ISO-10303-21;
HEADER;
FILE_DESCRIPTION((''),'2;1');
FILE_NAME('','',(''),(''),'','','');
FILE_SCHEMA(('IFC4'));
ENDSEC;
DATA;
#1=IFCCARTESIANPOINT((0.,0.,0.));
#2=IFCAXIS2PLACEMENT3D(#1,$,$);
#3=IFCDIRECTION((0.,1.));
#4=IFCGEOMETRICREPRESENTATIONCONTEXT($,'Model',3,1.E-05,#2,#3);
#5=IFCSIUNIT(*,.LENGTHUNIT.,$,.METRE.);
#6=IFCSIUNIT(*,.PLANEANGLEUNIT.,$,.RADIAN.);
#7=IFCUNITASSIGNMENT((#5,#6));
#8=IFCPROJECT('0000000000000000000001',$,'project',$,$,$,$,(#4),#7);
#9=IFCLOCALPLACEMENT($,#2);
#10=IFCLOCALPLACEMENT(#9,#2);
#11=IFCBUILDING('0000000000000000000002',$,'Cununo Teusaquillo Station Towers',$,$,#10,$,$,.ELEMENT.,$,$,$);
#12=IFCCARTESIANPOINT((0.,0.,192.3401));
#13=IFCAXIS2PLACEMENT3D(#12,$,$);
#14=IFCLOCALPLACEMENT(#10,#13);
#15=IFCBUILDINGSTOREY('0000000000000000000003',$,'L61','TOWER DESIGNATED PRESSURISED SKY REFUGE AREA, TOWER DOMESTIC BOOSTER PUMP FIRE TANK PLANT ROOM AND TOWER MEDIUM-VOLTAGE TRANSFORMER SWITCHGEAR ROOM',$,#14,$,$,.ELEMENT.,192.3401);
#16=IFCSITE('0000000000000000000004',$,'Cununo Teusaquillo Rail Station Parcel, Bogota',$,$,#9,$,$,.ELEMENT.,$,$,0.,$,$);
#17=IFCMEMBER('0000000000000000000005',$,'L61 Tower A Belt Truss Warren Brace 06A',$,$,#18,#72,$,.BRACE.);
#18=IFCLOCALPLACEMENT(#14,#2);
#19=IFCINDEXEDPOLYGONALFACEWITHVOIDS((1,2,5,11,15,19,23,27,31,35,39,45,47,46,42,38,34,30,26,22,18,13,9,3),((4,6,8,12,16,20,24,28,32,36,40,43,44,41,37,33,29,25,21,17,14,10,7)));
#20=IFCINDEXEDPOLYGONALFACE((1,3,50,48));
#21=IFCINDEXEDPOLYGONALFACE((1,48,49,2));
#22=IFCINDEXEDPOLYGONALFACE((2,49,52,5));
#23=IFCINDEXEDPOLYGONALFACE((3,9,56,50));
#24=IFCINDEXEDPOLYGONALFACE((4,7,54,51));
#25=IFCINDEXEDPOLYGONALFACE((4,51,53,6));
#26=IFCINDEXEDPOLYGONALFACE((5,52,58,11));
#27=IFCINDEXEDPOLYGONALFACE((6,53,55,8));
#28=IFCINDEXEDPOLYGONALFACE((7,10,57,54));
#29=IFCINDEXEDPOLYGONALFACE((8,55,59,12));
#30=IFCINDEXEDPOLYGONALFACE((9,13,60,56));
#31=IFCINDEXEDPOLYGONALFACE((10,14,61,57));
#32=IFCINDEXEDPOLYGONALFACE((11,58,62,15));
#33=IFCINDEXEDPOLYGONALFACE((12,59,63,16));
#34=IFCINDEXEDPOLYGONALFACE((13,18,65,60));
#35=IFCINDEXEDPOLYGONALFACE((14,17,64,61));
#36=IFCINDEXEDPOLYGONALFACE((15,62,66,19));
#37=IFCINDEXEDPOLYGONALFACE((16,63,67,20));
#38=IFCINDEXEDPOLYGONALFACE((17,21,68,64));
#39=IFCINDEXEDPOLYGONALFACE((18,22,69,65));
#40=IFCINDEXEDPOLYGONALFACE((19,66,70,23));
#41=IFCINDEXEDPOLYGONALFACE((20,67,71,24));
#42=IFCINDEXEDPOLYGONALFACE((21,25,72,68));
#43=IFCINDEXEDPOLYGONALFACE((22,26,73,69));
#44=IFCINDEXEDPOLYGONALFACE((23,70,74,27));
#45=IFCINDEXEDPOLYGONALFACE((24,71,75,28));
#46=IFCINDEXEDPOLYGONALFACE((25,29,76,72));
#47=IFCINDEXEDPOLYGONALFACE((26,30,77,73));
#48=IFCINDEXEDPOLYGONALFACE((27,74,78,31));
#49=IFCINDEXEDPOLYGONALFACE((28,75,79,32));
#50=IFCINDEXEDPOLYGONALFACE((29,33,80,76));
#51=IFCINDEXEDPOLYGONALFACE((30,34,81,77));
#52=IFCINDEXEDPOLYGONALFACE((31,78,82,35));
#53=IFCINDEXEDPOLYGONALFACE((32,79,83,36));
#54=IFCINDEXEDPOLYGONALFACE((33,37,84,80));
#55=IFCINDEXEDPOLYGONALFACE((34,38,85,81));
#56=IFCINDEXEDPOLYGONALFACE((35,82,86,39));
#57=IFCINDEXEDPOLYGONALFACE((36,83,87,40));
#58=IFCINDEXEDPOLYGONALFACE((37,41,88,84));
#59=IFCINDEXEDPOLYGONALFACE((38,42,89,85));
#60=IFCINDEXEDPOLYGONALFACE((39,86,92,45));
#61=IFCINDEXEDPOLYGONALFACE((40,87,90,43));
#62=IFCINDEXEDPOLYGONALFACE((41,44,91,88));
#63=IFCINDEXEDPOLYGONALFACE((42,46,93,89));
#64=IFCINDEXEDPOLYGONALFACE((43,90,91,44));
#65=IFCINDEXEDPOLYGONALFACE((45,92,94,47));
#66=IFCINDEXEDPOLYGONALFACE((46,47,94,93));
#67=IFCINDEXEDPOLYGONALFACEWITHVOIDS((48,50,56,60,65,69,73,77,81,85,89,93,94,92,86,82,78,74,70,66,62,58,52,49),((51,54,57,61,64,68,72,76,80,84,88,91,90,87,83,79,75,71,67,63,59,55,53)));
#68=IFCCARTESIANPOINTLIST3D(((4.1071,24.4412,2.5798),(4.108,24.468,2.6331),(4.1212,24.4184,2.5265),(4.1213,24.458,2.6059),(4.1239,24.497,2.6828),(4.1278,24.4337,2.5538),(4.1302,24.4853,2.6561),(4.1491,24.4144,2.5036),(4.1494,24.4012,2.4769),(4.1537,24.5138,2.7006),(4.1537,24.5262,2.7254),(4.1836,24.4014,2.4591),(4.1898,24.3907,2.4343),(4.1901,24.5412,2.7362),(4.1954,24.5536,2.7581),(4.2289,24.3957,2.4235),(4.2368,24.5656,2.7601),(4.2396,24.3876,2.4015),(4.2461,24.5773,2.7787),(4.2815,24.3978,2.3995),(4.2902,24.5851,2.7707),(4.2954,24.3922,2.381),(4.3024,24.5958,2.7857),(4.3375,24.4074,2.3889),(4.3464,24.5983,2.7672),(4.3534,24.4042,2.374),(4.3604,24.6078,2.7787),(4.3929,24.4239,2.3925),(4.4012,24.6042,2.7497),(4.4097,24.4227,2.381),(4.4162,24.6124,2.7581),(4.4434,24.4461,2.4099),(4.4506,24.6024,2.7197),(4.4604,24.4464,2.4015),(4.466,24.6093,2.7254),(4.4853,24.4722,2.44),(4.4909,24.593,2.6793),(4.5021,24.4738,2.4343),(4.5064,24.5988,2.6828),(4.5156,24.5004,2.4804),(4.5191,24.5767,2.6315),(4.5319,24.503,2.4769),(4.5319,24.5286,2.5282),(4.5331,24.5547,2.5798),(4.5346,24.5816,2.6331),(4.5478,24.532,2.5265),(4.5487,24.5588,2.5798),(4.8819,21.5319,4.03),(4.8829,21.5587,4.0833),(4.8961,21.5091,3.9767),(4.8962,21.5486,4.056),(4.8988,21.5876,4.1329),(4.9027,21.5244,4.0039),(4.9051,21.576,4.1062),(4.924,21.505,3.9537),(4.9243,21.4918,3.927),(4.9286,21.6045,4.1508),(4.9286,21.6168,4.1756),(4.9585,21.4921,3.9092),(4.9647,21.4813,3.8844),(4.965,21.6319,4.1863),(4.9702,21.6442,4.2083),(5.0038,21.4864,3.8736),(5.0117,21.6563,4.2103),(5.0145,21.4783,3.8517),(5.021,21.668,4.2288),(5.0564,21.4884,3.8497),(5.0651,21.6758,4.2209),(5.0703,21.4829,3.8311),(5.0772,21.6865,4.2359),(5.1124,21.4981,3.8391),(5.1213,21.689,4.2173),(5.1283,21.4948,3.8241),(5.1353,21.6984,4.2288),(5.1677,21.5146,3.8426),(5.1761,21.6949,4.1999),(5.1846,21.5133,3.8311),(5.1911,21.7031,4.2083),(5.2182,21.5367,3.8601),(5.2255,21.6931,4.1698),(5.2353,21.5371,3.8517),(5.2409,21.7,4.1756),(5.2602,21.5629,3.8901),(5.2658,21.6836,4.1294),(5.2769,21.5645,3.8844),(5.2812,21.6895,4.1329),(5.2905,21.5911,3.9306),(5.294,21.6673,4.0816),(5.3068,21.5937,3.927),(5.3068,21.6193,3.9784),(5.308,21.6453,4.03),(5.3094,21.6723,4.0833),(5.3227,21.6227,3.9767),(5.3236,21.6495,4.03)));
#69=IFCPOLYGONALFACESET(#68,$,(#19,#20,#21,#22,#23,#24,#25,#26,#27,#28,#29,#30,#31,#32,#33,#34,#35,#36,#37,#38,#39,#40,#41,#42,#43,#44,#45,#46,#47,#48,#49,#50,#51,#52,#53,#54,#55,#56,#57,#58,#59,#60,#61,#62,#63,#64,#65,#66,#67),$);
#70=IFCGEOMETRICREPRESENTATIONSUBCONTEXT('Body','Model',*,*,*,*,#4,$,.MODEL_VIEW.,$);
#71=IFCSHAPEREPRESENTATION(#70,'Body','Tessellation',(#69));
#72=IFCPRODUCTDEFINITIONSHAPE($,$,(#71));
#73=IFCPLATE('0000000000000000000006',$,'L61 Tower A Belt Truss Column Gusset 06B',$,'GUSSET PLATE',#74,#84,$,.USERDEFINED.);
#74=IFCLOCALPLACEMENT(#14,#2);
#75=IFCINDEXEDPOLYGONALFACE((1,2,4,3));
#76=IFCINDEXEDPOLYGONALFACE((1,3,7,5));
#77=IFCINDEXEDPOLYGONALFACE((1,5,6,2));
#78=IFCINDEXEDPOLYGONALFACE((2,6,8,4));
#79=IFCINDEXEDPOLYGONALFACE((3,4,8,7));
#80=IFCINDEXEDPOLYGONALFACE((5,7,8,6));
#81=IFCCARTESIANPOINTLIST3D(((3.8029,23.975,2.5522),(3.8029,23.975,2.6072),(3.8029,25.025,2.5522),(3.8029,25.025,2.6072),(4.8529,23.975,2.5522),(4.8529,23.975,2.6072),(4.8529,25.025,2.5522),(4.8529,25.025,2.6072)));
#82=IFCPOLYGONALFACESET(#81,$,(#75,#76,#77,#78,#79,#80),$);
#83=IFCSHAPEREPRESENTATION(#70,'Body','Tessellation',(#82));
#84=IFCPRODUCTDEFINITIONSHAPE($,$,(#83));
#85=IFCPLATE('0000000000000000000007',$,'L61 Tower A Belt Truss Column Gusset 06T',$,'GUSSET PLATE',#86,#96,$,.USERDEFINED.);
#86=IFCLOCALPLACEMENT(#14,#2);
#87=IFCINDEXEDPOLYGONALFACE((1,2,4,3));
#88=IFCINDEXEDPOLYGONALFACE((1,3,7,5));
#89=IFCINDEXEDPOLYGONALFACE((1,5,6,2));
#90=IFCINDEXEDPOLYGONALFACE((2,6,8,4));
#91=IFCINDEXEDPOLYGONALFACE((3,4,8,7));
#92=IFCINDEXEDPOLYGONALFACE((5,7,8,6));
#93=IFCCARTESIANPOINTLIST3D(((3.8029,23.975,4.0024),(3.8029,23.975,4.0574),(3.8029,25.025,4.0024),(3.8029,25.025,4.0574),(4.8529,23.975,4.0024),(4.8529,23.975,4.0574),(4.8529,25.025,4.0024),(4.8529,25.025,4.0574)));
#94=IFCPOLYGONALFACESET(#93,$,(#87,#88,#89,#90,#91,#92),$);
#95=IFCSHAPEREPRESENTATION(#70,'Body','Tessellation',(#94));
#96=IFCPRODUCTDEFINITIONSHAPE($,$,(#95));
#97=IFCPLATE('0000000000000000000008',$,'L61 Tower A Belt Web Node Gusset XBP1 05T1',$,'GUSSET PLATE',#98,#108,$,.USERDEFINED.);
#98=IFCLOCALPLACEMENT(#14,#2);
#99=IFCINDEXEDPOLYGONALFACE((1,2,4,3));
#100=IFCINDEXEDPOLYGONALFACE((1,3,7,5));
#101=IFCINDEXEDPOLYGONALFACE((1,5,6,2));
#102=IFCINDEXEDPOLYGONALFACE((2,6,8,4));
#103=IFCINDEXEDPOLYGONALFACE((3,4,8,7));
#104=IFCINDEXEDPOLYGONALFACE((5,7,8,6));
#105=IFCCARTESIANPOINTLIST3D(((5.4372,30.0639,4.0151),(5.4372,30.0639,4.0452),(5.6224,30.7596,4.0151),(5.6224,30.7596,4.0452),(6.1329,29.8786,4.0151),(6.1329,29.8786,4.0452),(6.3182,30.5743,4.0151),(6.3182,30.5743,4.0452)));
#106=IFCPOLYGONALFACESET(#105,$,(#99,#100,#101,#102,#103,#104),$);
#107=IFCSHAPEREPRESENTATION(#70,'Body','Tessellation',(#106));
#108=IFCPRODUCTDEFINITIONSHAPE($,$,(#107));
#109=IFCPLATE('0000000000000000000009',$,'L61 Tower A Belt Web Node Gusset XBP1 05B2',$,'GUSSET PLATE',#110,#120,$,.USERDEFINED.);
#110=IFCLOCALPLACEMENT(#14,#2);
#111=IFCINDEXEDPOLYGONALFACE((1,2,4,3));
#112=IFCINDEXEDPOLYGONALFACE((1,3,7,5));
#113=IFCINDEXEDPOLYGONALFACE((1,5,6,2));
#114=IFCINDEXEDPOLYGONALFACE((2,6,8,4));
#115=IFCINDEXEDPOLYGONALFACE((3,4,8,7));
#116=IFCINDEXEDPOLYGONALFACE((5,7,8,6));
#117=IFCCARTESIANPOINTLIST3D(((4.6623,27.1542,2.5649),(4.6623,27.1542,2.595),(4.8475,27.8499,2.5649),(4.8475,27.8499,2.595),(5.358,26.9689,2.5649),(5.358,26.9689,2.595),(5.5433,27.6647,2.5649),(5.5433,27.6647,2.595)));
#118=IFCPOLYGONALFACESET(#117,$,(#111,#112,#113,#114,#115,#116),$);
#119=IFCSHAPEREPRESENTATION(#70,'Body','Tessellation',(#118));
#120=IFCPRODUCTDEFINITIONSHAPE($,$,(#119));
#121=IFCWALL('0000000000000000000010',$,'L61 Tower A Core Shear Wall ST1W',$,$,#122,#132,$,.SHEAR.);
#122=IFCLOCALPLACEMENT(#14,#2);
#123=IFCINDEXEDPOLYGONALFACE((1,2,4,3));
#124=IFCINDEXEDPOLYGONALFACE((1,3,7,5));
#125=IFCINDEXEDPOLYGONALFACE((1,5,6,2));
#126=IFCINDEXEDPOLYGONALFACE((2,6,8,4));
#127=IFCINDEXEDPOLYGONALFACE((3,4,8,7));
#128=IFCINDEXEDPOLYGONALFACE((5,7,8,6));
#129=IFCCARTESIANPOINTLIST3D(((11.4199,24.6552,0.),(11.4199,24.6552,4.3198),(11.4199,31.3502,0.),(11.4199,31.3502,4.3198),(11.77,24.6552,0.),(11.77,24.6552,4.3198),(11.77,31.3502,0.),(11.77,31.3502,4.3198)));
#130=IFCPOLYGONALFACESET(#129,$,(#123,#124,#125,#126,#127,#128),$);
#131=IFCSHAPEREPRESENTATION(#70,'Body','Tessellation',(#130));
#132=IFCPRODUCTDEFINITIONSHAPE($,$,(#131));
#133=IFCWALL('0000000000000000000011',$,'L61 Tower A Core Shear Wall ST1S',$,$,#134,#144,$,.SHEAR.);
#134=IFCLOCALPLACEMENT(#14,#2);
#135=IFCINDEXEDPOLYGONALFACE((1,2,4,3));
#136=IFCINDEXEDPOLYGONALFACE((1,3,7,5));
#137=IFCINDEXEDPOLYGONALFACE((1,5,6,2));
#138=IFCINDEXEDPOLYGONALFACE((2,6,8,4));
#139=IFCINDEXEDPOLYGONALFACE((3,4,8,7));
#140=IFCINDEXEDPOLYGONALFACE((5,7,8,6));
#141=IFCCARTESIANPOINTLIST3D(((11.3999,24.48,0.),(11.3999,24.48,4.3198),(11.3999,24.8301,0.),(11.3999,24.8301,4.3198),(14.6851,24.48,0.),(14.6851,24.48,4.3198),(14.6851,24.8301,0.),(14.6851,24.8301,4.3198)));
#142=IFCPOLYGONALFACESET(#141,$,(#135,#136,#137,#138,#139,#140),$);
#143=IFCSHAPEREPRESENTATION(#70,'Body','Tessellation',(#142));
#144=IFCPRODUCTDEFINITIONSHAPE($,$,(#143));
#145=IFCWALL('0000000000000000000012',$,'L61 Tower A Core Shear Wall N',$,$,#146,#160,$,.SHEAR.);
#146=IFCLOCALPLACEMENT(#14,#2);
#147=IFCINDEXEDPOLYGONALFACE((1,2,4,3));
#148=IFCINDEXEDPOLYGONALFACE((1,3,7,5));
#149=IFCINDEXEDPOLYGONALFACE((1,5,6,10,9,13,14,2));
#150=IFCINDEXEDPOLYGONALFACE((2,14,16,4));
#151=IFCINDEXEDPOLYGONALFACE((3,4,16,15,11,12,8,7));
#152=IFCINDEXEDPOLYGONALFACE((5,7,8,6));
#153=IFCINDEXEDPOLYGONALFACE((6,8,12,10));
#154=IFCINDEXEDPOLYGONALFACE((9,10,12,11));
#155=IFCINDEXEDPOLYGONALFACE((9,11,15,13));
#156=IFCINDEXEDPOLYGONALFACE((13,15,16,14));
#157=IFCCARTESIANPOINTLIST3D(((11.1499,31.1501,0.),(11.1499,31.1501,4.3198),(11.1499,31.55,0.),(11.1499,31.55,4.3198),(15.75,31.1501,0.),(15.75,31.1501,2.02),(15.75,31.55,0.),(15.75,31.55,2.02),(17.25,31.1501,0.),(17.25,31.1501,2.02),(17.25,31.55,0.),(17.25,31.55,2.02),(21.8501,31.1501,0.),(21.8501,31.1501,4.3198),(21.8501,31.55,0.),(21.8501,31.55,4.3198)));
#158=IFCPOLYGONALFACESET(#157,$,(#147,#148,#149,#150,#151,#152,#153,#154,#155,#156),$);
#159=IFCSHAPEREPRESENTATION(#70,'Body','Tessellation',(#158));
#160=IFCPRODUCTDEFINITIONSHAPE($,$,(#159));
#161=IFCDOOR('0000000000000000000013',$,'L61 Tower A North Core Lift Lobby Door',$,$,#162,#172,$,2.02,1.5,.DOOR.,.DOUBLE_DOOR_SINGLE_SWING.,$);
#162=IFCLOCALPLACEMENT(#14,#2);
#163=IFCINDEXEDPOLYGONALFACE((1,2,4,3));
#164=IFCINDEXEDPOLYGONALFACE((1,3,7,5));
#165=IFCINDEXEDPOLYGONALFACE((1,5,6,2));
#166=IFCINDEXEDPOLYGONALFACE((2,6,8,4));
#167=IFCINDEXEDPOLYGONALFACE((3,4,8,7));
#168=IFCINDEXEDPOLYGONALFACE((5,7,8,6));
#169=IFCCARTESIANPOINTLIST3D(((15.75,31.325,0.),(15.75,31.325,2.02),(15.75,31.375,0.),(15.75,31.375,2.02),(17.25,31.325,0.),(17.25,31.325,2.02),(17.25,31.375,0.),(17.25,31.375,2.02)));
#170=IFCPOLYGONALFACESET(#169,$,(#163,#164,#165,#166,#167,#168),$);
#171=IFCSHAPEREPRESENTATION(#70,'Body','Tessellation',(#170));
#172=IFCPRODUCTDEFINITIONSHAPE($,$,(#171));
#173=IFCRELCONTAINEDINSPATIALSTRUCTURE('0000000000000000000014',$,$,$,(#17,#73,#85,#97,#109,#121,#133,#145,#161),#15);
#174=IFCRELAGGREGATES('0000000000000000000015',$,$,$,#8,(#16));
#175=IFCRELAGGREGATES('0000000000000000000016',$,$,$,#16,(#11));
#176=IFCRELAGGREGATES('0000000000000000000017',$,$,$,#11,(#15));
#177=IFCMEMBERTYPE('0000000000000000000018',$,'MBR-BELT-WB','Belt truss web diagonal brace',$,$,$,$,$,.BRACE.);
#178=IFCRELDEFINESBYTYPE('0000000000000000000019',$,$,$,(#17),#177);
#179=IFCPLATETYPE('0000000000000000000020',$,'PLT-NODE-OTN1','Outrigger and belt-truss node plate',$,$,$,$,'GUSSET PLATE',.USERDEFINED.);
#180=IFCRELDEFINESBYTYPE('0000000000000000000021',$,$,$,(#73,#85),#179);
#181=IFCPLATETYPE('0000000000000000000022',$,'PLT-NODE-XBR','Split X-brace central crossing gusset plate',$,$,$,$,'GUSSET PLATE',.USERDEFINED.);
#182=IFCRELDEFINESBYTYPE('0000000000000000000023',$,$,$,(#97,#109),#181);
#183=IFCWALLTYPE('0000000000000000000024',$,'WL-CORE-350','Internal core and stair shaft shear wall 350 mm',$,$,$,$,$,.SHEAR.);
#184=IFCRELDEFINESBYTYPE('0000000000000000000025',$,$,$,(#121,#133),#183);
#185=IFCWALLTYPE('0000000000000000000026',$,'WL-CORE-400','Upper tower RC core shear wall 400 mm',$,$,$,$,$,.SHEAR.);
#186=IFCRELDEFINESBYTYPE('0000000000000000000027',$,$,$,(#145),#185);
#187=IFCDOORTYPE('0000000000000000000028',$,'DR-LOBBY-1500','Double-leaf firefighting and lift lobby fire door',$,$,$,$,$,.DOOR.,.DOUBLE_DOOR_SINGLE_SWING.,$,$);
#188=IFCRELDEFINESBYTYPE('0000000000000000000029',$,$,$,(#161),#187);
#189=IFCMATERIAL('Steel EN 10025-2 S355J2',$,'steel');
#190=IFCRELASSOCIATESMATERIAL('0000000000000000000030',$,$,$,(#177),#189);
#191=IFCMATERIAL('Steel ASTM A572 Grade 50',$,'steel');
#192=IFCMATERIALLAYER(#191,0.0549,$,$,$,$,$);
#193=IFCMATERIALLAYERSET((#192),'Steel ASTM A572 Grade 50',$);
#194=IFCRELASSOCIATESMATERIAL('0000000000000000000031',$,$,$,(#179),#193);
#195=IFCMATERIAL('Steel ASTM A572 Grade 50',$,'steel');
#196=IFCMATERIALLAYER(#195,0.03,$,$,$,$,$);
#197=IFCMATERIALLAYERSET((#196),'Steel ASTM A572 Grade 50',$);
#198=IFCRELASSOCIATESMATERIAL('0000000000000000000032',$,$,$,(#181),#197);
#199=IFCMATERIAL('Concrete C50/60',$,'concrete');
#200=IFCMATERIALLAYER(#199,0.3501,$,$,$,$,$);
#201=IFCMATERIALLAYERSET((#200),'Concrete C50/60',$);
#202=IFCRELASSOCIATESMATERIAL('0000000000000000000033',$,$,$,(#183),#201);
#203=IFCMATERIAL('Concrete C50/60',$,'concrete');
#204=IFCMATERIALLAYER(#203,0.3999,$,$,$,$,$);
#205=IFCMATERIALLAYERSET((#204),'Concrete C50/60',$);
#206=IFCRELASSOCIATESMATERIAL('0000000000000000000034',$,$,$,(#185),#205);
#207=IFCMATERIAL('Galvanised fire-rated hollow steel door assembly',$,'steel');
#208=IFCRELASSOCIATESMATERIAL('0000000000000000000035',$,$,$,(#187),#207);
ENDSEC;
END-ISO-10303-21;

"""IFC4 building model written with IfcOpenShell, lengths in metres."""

from ifc_helpers import new_model, si_unit, direction, frame, frame_2d, origin, origin_2d, place, context, subcontext, project, spatial, rectangle, hollow_circle, extrude, source, transform, mapped, material, layer, layer_set, material_profile, profile_set, type_object, element, fill, save


model = new_model("IFC4")

# Units and contexts
model_context = context("Model", 3, precision=1e-05, world=origin(), true_north=direction((0.0, 1.0)))
body_context = subcontext(model_context, "Body", "Model", "MODEL_VIEW")
ifc_project = project(units=[si_unit("LENGTHUNIT", "METRE"), si_unit("PLANEANGLEUNIT", "RADIAN")], contexts=[model_context])

# Site, building, storey
site_placement = place(None, origin())
site = spatial("IfcSite", under=ifc_project, at=site_placement, Name="Cununo Teusaquillo Rail Station Parcel, Bogota", CompositionType="ELEMENT", RefElevation=0.0)
building_placement = place(site_placement, origin())
building = spatial("IfcBuilding", under=site, at=building_placement, Name="Cununo Teusaquillo Station Towers", CompositionType="ELEMENT")
storey_placement = place(building_placement, frame((0.0, 0.0, 192.3401)))
storey = spatial("IfcBuildingStorey", under=building, at=storey_placement, Name="L61", Description="TOWER DESIGNATED PRESSURISED SKY REFUGE AREA, TOWER DOMESTIC BOOSTER PUMP FIRE TANK PLANT ROOM AND TOWER MEDIUM-VOLTAGE TRANSFORMER SWITCHGEAR ROOM", CompositionType="ELEMENT", Elevation=192.3401)

# Member
ifc_material_1 = material(Name="Steel EN 10025-2 S355J2", Category="steel")
ifc_material_profile_1 = material_profile(ifc_material_1, hollow_circle(Radius=0.2285, WallThickness=0.0161, at=origin_2d()), Name="CHS 457x16")
ifc_profile_set_1 = profile_set([ifc_material_profile_1], Name="Steel EN 10025-2 S355J2")
member_type_1 = type_object("IfcMemberType", Name="MBR-BELT-WB", Description="Belt truss web diagonal brace", PredefinedType="BRACE", material=ifc_profile_set_1)
for number, where, z_axis, x_axis, name in (
    (1, (4.3279, 24.5, 2.5798), (0.231875, -0.87059, 0.433944), (0.966313, 0.25737, 0.0), "L61 Tower A Belt Truss Warren Brace 06A"),
):
    element("IfcMember", number, at=place(storey_placement, frame(where, z_axis=z_axis, x_axis=x_axis)), inside=storey, type_object=member_type_1, Name=name, PredefinedType="BRACE", context=body_context, shape_type="SweptSolid", body=[
        extrude(hollow_circle(Radius=0.2285, WallThickness=0.0161, at=origin_2d()), origin(), (0.0, 0.0, 1.0), 3.3418),
    ])

# Plates
ifc_material_2 = material(Name="Steel ASTM A572 Grade 50", Category="steel")
ifc_layer_1 = layer(ifc_material_2, 0.0549)
ifc_layer_set_1 = layer_set([ifc_layer_1], Name="Steel ASTM A572 Grade 50")
plate_type_1 = type_object("IfcPlateType", Name="PLT-NODE-OTN1", Description="Outrigger and belt-truss node plate", ElementType="GUSSET PLATE", PredefinedType="USERDEFINED", material=ifc_layer_set_1)
shared_shape_1 = source(origin(), body_context, "Body", "SweptSolid", [
    extrude(rectangle(XDim=1.05, YDim=1.05, at=origin_2d()), origin(), (0.0, 0.0, 1.0), 0.0549),
])
for number, where, z_axis, x_axis, name in (
    (2, (4.3279, 24.5, 2.5522), (0.0, 0.0, 1.0), (1.0, 0.0, 0.0), "L61 Tower A Belt Truss Column Gusset 06B"),
    (3, (4.3279, 24.5, 4.0024), (0.0, 0.0, 1.0), (1.0, 0.0, 0.0), "L61 Tower A Belt Truss Column Gusset 06T"),
):
    element("IfcPlate", number, at=place(storey_placement, frame(where, z_axis=z_axis, x_axis=x_axis)), inside=storey, type_object=plate_type_1, Name=name, ObjectType="GUSSET PLATE", PredefinedType="USERDEFINED", context=body_context, shape_type="MappedRepresentation", body=[
        mapped(shared_shape_1, transform((0.0, 0.0, 0.0), x_axis=(1.0, 0.0, 0.0), y_axis=(0.0, 1.0, 0.0), z_axis=(0.0, 0.0, 1.0), scale=1.0)),
    ])
ifc_material_3 = material(Name="Steel ASTM A572 Grade 50", Category="steel")
ifc_layer_2 = layer(ifc_material_3, 0.03)
ifc_layer_set_2 = layer_set([ifc_layer_2], Name="Steel ASTM A572 Grade 50")
plate_type_2 = type_object("IfcPlateType", Name="PLT-NODE-XBR", Description="Split X-brace central crossing gusset plate", ElementType="GUSSET PLATE", PredefinedType="USERDEFINED", material=ifc_layer_set_2)
shared_shape_2 = source(origin(), body_context, "Body", "SweptSolid", [
    extrude(rectangle(XDim=0.72, YDim=0.72, at=origin_2d()), origin(), (0.0, 0.0, 1.0), 0.03),
])
for number, where, z_axis, x_axis, name in (
    (4, (5.8777, 30.3191, 4.0151), (0.0, 0.0, 1.0), (-0.257301, -0.966331, 0.0), "L61 Tower A Belt Web Node Gusset XBP1 05T1"),
    (5, (5.1028, 27.4094, 2.5649), (0.0, 0.0, 1.0), (-0.257301, -0.966331, 0.0), "L61 Tower A Belt Web Node Gusset XBP1 05B2"),
):
    element("IfcPlate", number, at=place(storey_placement, frame(where, z_axis=z_axis, x_axis=x_axis)), inside=storey, type_object=plate_type_2, Name=name, ObjectType="GUSSET PLATE", PredefinedType="USERDEFINED", context=body_context, shape_type="MappedRepresentation", body=[
        mapped(shared_shape_2, transform((0.0, 0.0, 0.0), x_axis=(1.0, 0.0, 0.0), y_axis=(0.0, 1.0, 0.0), z_axis=(0.0, 0.0, 1.0), scale=1.0)),
    ])

# Walls
ifc_material_4 = material(Name="Concrete C50/60", Category="concrete")
ifc_layer_3 = layer(ifc_material_4, 0.3501)
ifc_layer_set_3 = layer_set([ifc_layer_3], Name="Concrete C50/60")
wall_type_1 = type_object("IfcWallType", Name="WL-CORE-350", Description="Internal core and stair shaft shear wall 350 mm", PredefinedType="SHEAR", material=ifc_layer_set_3)
wall_1_placement = place(storey_placement, frame((11.595, 24.655, 0.0), z_axis=(0.0, 0.0, 1.0), x_axis=(0.0, 1.0, 0.0)))
element("IfcWall", 6, at=wall_1_placement, inside=storey, type_object=wall_type_1, Name="L61 Tower A Core Shear Wall ST1W", PredefinedType="SHEAR", context=body_context, shape_type="SweptSolid", body=[
    extrude(rectangle(XDim=6.6951, YDim=0.3501, at=frame_2d((3.3477, 0.0))), origin(), (0.0, 0.0, 1.0), 4.3198),
])
wall_2_placement = place(storey_placement, frame((11.3999, 24.655, 0.0), z_axis=(0.0, 0.0, 1.0), x_axis=(1.0, 0.0, 0.0)))
element("IfcWall", 7, at=wall_2_placement, inside=storey, type_object=wall_type_1, Name="L61 Tower A Core Shear Wall ST1S", PredefinedType="SHEAR", context=body_context, shape_type="SweptSolid", body=[
    extrude(rectangle(XDim=3.2852, YDim=0.3501, at=frame_2d((1.6426, 0.0))), origin(), (0.0, 0.0, 1.0), 4.3198),
])

# Wall, opening, door
ifc_material_5 = material(Name="Concrete C50/60", Category="concrete")
ifc_layer_4 = layer(ifc_material_5, 0.3999)
ifc_layer_set_4 = layer_set([ifc_layer_4], Name="Concrete C50/60")
wall_type_2 = type_object("IfcWallType", Name="WL-CORE-400", Description="Upper tower RC core shear wall 400 mm", PredefinedType="SHEAR", material=ifc_layer_set_4)
wall_3_placement = place(storey_placement, frame((11.1499, 31.3501, 0.0), z_axis=(0.0, 0.0, 1.0), x_axis=(1.0, 0.0, 0.0)))
wall_3 = element("IfcWall", 8, at=wall_3_placement, inside=storey, type_object=wall_type_2, Name="L61 Tower A Core Shear Wall N", PredefinedType="SHEAR", context=body_context, shape_type="SweptSolid", body=[
    extrude(rectangle(XDim=10.7002, YDim=0.3999, at=frame_2d((5.3501, 0.0))), origin(), (0.0, 0.0, 1.0), 4.3198),
])
shared_shape_3 = source(origin(), body_context, "Body", "SweptSolid", [
    extrude(rectangle(XDim=1.5, YDim=2.02, at=frame_2d((0.75, 1.01))), frame((0.0, 0.21, 0.0), z_axis=(0.0, -1.0, 0.0), x_axis=(1.0, 0.0, 0.0)), (0.0, 0.0, 1.0), 0.4199),
])
opening_placement = place(wall_3_placement, frame((4.6001, 0.0, 0.0)))
opening = element("IfcOpeningElement", 9, at=opening_placement, cuts=wall_3, PredefinedType="OPENING", context=body_context, shape_type="MappedRepresentation", body=[
    mapped(shared_shape_3, transform((0.0, 0.0, 0.0), x_axis=(1.0, 0.0, 0.0), y_axis=(0.0, 1.0, 0.0), z_axis=(0.0, 0.0, 1.0), scale=1.0)),
])
ifc_material_6 = material(Name="Galvanised fire-rated hollow steel door assembly", Category="steel")
door_type = type_object("IfcDoorType", Name="DR-LOBBY-1500", Description="Double-leaf firefighting and lift lobby fire door", OperationType="DOUBLE_DOOR_SINGLE_SWING", PredefinedType="DOOR", material=ifc_material_6)
shared_shape_4 = source(origin(), body_context, "Body", "SweptSolid", [
    extrude(rectangle(XDim=1.5, YDim=2.02, at=frame_2d((0.75, 1.01))), frame((0.0, 0.0249, 0.0), z_axis=(0.0, -1.0, 0.0), x_axis=(1.0, 0.0, 0.0)), (0.0, 0.0, 1.0), 0.05),
])
door_placement = place(opening_placement, origin())
door = element("IfcDoor", 10, at=door_placement, inside=storey, type_object=door_type, Name="L61 Tower A North Core Lift Lobby Door", OperationType="DOUBLE_DOOR_SINGLE_SWING", OverallHeight=2.02, OverallWidth=1.5, PredefinedType="DOOR", context=body_context, shape_type="MappedRepresentation", body=[
    mapped(shared_shape_4, transform((0.0, 0.0, 0.0), x_axis=(1.0, 0.0, 0.0), y_axis=(0.0, 1.0, 0.0), z_axis=(0.0, 0.0, 1.0), scale=1.0)),
])
fill(opening, door)

save(model, "model.ifc")
